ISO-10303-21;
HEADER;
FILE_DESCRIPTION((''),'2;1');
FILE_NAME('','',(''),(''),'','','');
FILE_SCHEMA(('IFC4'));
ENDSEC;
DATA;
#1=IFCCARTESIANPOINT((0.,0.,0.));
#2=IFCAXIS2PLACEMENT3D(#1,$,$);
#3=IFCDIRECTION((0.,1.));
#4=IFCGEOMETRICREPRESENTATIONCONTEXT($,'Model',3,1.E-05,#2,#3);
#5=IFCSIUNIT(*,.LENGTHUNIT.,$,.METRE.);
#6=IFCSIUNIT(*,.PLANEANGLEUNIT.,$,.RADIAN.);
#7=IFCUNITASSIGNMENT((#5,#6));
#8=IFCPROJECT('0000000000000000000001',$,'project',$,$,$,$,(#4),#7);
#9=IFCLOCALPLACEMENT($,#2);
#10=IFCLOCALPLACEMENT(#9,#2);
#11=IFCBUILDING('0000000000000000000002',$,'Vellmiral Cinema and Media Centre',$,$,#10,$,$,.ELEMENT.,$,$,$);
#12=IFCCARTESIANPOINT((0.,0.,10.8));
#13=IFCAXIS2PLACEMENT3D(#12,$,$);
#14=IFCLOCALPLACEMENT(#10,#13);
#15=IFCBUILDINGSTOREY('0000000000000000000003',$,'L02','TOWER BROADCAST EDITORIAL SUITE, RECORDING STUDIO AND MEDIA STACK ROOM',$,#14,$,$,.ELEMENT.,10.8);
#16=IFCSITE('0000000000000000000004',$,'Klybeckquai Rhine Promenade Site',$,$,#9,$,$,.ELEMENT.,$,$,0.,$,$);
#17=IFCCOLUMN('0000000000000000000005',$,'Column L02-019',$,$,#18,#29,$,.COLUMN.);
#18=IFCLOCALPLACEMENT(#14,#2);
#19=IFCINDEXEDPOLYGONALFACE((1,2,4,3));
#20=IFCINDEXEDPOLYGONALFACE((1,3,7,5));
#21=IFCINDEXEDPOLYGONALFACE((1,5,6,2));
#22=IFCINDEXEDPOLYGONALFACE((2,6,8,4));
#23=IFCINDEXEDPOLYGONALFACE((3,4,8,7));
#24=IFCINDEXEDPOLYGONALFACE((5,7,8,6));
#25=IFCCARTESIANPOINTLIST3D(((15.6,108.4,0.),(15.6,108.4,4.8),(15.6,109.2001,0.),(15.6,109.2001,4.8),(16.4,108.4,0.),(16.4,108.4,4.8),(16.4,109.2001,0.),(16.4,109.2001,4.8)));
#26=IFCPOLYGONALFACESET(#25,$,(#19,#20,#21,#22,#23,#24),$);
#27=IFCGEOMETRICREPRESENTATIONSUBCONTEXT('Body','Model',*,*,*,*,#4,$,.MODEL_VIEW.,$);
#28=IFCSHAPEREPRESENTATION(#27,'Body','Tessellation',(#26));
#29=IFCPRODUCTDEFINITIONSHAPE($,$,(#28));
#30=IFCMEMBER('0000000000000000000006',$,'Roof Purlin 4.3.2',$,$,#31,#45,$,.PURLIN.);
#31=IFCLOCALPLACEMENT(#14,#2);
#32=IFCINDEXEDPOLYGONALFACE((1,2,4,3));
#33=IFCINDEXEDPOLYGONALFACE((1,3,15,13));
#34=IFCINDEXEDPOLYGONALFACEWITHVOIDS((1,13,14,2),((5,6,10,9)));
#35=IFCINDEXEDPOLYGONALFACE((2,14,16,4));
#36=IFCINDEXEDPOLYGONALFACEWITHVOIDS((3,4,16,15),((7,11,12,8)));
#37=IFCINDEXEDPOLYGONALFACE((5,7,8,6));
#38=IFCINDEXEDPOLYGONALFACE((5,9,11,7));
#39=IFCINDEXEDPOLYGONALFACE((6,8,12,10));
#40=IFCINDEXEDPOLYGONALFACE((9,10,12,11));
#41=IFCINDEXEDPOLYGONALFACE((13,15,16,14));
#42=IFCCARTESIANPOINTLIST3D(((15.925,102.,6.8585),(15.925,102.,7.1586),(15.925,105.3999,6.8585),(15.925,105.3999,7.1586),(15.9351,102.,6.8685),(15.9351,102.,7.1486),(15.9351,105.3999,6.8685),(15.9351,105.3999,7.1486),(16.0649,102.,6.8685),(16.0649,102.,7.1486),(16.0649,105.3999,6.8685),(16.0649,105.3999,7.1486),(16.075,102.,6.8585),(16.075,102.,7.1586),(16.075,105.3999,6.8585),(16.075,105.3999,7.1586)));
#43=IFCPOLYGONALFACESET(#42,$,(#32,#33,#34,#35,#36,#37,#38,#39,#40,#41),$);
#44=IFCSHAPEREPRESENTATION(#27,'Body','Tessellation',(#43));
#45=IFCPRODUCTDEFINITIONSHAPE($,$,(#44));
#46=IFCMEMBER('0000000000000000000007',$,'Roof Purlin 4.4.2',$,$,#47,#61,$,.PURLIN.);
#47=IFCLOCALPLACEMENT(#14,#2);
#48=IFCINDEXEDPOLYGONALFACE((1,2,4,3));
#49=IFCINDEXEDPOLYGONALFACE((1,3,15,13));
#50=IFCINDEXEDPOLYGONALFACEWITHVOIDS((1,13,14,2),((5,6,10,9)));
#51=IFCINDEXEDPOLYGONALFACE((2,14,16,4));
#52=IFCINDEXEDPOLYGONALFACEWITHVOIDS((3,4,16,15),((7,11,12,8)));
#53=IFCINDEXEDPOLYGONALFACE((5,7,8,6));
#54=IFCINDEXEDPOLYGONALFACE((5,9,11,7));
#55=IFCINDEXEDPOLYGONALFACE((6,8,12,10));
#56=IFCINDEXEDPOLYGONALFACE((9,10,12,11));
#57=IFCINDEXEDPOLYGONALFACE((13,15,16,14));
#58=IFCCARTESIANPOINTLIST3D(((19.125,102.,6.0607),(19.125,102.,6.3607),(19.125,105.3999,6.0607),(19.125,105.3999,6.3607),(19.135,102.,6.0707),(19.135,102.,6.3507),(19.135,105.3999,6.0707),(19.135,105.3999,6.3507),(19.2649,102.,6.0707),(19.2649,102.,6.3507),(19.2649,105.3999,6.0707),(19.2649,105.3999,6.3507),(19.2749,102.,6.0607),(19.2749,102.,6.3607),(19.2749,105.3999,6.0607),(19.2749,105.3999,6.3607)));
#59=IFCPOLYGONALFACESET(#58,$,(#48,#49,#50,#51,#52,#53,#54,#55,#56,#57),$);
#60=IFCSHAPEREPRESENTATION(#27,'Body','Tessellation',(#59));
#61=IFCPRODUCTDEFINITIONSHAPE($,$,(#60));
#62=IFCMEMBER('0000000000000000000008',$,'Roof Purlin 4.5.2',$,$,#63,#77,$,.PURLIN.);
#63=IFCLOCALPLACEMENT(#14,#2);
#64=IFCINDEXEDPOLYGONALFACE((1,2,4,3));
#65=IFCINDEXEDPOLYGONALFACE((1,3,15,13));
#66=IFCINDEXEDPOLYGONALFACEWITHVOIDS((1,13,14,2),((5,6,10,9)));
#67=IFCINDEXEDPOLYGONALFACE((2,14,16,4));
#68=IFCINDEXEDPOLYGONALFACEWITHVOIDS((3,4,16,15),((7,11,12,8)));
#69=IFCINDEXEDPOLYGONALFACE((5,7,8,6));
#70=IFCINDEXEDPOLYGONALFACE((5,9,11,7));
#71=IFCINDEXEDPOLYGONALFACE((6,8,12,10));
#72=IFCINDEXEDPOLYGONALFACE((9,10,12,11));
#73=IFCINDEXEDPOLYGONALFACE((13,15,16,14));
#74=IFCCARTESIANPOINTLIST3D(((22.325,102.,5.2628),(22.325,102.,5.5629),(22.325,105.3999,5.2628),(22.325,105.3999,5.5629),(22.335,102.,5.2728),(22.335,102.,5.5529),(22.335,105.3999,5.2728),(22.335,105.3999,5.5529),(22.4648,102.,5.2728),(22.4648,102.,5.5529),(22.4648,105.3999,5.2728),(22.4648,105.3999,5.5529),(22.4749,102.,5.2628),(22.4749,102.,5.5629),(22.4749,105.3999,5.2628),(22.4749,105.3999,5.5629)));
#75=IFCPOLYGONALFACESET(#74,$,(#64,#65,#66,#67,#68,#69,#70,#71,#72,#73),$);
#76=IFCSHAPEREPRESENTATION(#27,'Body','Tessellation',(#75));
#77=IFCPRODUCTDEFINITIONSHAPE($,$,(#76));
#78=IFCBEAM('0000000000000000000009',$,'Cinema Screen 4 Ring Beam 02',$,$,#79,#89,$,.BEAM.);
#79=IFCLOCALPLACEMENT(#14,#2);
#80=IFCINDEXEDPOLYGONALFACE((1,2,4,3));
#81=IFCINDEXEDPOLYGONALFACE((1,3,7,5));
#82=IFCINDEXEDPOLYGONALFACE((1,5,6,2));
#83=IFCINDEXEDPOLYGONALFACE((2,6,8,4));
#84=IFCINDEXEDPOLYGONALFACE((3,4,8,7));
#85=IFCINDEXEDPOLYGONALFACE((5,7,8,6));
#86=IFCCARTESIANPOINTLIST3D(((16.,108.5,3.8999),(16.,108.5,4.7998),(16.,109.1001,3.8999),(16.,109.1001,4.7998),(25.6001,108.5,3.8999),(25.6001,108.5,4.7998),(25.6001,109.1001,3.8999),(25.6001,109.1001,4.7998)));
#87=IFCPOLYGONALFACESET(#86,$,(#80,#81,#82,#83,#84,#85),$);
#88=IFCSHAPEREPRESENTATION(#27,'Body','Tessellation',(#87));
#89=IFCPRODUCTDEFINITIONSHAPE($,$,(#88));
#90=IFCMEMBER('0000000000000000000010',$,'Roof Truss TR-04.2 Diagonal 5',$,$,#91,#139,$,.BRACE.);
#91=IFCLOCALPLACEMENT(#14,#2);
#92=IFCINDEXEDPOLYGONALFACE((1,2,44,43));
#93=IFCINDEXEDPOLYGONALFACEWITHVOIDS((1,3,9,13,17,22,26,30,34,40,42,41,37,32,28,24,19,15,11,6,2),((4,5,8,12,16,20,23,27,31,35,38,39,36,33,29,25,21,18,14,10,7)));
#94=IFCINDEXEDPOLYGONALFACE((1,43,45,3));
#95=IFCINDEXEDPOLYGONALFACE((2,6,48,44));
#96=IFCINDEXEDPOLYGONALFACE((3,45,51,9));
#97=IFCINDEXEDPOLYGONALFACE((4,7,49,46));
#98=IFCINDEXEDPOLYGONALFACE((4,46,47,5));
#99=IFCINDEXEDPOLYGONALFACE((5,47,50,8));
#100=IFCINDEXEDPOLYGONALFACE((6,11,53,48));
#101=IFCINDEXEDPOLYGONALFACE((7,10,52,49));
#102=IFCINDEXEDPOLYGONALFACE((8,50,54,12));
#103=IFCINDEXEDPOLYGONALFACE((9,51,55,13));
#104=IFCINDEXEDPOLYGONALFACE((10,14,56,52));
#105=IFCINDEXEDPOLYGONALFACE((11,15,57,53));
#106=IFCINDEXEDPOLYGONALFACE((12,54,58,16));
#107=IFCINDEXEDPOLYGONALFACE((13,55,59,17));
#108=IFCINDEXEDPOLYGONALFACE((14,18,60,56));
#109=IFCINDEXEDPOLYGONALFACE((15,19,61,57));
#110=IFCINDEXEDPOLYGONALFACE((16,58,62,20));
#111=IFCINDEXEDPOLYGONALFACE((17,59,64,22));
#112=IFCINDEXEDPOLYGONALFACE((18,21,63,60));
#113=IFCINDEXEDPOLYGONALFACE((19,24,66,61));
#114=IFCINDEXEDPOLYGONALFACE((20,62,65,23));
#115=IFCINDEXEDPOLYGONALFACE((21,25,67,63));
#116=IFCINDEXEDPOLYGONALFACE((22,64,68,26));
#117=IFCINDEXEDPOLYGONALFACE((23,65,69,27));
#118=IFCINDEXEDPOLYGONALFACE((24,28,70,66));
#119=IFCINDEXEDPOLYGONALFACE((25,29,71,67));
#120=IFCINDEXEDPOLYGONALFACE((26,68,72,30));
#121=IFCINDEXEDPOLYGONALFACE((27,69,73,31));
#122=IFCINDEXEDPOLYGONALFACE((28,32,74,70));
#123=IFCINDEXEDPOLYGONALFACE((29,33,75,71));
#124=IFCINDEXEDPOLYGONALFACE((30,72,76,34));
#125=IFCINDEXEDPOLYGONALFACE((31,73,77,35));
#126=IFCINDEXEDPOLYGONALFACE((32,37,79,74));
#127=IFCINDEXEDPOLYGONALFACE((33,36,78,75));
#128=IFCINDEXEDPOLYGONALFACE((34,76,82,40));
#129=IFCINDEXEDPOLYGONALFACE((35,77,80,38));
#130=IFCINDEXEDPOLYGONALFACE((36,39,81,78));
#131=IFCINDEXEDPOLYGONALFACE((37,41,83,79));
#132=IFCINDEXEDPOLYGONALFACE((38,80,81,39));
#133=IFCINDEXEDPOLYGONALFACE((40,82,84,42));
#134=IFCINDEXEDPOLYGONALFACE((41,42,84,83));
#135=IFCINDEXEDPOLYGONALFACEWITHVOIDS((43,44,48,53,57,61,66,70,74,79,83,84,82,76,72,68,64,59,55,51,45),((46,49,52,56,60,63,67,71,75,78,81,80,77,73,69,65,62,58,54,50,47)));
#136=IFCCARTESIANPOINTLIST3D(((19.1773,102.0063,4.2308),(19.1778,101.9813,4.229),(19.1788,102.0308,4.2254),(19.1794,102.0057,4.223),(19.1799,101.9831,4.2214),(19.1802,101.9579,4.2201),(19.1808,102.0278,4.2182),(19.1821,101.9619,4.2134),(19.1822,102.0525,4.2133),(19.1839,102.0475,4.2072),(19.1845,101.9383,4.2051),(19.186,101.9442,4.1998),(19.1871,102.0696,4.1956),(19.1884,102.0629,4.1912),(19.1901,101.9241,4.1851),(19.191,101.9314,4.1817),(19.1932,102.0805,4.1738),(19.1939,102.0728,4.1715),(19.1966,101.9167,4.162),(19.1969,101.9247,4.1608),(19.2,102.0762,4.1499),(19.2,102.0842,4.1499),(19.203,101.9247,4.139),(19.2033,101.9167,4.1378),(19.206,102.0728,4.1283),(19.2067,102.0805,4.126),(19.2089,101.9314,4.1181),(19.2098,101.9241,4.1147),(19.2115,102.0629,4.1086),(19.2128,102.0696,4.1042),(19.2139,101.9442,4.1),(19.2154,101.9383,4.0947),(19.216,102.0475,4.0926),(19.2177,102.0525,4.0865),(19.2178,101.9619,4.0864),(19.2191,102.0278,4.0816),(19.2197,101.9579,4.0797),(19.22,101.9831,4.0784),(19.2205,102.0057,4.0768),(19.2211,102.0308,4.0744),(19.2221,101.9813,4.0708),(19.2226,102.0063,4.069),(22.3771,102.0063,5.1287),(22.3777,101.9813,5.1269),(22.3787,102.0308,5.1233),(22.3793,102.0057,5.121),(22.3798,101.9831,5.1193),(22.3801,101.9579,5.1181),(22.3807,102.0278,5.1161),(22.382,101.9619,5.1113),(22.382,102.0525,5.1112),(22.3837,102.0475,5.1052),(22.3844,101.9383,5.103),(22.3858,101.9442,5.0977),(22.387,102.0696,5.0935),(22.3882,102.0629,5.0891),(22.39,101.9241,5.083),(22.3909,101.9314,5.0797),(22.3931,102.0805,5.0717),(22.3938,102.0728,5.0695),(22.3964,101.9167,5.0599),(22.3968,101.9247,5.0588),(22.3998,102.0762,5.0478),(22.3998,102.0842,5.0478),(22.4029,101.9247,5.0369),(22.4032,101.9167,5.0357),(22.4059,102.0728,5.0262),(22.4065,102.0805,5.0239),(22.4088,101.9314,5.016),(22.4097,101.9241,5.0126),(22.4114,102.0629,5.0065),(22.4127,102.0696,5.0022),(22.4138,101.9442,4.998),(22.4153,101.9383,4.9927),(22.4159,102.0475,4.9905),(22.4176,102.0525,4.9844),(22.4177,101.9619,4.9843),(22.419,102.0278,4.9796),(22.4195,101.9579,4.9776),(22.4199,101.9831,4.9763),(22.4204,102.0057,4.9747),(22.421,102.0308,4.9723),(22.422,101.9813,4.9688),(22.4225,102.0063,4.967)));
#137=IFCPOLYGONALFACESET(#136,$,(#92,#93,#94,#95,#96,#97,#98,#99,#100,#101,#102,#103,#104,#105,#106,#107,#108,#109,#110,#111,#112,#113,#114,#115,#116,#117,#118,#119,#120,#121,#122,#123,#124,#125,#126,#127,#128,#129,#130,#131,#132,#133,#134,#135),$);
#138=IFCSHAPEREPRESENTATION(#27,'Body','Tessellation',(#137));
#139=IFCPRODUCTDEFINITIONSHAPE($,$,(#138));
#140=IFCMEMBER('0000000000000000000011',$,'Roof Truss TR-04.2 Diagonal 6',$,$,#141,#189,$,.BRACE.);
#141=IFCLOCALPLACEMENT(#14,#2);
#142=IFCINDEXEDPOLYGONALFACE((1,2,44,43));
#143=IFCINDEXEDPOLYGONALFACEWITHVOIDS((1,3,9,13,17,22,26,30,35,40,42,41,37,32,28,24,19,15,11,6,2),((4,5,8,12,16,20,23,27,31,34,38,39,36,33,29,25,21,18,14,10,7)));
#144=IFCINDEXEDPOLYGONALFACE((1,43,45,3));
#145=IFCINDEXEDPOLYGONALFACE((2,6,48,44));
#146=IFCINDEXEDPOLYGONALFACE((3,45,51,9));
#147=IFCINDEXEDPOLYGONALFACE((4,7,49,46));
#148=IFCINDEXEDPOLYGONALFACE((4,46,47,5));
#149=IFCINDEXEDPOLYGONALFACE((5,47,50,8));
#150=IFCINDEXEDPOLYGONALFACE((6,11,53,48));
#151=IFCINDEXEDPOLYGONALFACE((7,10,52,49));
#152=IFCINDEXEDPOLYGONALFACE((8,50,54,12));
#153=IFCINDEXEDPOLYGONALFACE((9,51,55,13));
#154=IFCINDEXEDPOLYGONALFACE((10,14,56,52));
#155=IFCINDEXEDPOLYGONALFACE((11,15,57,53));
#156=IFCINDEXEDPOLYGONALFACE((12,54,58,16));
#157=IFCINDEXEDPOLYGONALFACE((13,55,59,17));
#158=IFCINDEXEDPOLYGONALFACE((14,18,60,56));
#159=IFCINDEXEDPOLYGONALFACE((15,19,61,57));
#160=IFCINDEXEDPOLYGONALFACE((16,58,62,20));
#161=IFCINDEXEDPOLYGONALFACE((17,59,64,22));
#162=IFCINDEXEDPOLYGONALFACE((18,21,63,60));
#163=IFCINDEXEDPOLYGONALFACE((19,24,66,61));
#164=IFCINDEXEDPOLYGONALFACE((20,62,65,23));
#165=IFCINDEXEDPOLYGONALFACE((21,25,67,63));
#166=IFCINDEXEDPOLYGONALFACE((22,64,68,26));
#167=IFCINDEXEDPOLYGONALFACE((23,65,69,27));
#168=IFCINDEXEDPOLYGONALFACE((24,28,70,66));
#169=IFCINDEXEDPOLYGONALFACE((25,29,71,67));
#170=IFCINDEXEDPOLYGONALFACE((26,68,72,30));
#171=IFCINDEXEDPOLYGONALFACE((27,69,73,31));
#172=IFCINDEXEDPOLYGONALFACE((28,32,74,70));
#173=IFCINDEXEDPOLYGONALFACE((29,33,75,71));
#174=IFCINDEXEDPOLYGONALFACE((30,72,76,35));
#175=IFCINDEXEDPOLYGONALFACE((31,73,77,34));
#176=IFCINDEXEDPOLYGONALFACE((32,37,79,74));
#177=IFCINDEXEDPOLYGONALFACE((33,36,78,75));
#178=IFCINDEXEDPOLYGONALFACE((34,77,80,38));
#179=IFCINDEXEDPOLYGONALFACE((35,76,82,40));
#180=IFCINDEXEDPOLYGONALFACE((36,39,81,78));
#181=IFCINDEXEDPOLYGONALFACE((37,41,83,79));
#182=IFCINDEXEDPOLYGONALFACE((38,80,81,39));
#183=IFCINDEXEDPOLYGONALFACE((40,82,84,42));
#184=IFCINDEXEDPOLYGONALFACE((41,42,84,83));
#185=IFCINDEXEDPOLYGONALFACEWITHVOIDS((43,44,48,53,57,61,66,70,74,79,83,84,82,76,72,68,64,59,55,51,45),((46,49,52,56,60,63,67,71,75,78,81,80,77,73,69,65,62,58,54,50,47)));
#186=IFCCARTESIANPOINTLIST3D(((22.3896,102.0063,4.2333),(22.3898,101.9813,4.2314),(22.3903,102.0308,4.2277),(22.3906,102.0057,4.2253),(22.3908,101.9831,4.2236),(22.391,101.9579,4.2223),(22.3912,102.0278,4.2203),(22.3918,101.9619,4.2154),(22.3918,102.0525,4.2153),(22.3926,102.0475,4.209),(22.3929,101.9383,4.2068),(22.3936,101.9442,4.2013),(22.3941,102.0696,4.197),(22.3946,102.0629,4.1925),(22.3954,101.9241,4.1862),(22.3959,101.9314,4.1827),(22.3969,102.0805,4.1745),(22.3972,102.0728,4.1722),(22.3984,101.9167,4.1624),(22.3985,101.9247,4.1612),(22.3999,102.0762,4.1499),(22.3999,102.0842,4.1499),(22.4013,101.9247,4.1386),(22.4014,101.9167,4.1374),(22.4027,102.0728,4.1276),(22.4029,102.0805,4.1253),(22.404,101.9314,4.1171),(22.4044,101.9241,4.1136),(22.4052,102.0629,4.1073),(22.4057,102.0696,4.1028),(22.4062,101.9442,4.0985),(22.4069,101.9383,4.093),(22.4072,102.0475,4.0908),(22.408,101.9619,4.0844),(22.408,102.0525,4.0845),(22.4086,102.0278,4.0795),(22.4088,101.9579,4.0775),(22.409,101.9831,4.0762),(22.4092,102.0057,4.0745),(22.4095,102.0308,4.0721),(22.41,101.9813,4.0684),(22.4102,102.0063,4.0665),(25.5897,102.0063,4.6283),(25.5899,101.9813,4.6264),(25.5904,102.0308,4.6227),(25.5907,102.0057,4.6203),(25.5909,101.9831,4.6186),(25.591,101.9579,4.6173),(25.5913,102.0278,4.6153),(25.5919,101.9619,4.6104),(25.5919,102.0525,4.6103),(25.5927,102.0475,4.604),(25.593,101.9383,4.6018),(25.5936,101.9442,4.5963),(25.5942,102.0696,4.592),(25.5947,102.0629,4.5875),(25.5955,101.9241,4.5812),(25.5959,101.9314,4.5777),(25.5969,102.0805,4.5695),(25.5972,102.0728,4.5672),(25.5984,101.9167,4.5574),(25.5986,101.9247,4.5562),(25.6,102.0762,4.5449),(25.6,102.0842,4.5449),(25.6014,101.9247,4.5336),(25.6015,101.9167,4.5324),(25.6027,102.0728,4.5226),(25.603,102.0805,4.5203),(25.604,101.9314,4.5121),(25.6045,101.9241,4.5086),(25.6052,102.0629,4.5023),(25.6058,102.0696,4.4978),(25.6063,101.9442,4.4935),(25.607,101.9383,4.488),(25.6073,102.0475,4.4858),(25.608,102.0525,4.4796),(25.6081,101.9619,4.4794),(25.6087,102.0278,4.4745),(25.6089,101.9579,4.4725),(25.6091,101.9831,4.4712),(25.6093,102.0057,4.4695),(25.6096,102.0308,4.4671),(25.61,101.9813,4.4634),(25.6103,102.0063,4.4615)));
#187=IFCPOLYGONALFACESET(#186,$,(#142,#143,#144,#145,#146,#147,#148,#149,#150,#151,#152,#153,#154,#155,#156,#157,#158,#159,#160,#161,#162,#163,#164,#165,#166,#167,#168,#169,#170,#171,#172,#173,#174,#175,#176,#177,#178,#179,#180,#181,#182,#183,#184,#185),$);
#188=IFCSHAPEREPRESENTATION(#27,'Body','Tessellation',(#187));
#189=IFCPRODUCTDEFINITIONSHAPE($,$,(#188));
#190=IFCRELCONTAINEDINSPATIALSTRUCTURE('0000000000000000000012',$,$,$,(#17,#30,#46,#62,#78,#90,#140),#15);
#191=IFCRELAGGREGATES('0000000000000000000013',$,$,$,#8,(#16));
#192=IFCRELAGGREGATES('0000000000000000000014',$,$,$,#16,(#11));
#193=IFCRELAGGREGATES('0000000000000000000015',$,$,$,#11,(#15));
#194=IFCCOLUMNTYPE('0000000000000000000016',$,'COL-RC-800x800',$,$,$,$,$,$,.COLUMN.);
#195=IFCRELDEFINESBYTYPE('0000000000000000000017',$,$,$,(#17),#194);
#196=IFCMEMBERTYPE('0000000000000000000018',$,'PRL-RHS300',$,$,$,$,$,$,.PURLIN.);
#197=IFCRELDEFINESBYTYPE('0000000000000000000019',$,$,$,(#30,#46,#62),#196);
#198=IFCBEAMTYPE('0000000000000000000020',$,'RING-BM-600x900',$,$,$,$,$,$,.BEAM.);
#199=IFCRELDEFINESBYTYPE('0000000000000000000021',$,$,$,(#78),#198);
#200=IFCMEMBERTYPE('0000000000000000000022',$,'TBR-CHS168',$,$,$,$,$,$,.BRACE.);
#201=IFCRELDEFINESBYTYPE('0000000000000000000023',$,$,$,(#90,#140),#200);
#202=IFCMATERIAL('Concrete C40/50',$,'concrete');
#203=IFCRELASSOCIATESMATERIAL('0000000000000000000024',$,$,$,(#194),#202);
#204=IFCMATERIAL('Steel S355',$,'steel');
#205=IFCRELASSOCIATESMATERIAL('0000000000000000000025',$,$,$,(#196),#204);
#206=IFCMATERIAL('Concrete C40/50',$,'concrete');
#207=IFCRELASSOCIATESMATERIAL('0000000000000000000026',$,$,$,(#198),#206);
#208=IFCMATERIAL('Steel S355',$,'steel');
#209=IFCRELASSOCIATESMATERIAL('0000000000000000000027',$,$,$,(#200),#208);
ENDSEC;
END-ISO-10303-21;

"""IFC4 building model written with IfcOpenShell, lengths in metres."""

from ifc_helpers import new_model, si_unit, direction, frame, origin, origin_2d, place, context, subcontext, project, spatial, rectangle, hollow_rectangle, hollow_circle, extrude, material, material_profile, profile_set, type_object, element, save


model = new_model("IFC4")

# Units and contexts
model_context = context("Model", 3, precision=1e-05, world=origin(), true_north=direction((0.0, 1.0)))
body_context = subcontext(model_context, "Body", "Model", "MODEL_VIEW")
ifc_project = project(units=[si_unit("LENGTHUNIT", "METRE"), si_unit("PLANEANGLEUNIT", "RADIAN")], contexts=[model_context])

# Site, building, storey
site_placement = place(None, origin())
site = spatial("IfcSite", under=ifc_project, at=site_placement, Name="Klybeckquai Rhine Promenade Site", CompositionType="ELEMENT", RefElevation=0.0)
building_placement = place(site_placement, origin())
building = spatial("IfcBuilding", under=site, at=building_placement, Name="Vellmiral Cinema and Media Centre", CompositionType="ELEMENT")
storey_placement = place(building_placement, frame((0.0, 0.0, 10.8)))
storey = spatial("IfcBuildingStorey", under=building, at=storey_placement, Name="L02", Description="TOWER BROADCAST EDITORIAL SUITE, RECORDING STUDIO AND MEDIA STACK ROOM", CompositionType="ELEMENT", Elevation=10.8)

# Column
ifc_material_1 = material(Name="Concrete C40/50", Category="concrete")
ifc_material_profile_1 = material_profile(ifc_material_1, rectangle(XDim=0.8, YDim=0.8, at=origin_2d()), Name="RC 800x800")
ifc_profile_set_1 = profile_set([ifc_material_profile_1], Name="Concrete C40/50")
column_type = type_object("IfcColumnType", Name="COL-RC-800x800", PredefinedType="COLUMN", material=ifc_profile_set_1)
column_placement = place(storey_placement, frame((16.0, 108.8, 0.0), z_axis=(0.0, 0.0, 1.0), x_axis=(1.0, 0.0, 0.0)))
element("IfcColumn", 1, at=column_placement, inside=storey, type_object=column_type, Name="Column L02-019", PredefinedType="COLUMN", context=body_context, shape_type="SweptSolid", body=[
    extrude(rectangle(XDim=0.8, YDim=0.8, at=origin_2d()), origin(), (0.0, 0.0, 1.0), 4.8),
])

# Members
ifc_material_2 = material(Name="Steel S355", Category="steel")
ifc_material_profile_2 = material_profile(ifc_material_2, hollow_rectangle(XDim=0.1499, YDim=0.3, WallThickness=0.01, at=origin_2d()), Name="RHS 300x150x10.0")
ifc_profile_set_2 = profile_set([ifc_material_profile_2], Name="Steel S355")
member_type_1 = type_object("IfcMemberType", Name="PRL-RHS300", PredefinedType="PURLIN", material=ifc_profile_set_2)
for number, where, z_axis, x_axis, name in (
    (2, (16.0, 102.0, 7.0085), (0.0, 1.0, 0.0), (-1.0, 0.0, 0.0), "Roof Purlin 4.3.2"),
    (3, (19.2, 102.0, 6.2107), (0.0, 1.0, 0.0), (-1.0, 0.0, 0.0), "Roof Purlin 4.4.2"),
    (4, (22.3999, 102.0, 5.4128), (0.0, 1.0, 0.0), (-1.0, 0.0, 0.0), "Roof Purlin 4.5.2"),
):
    element("IfcMember", number, at=place(storey_placement, frame(where, z_axis=z_axis, x_axis=x_axis)), inside=storey, type_object=member_type_1, Name=name, PredefinedType="PURLIN", context=body_context, shape_type="SweptSolid", body=[
        extrude(hollow_rectangle(XDim=0.1499, YDim=0.3, WallThickness=0.01, at=origin_2d()), origin(), (0.0, 0.0, 1.0), 3.3999),
    ])

# Beam
ifc_material_3 = material(Name="Concrete C40/50", Category="concrete")
ifc_material_profile_3 = material_profile(ifc_material_3, rectangle(XDim=0.6001, YDim=0.8999, at=origin_2d()), Name="RC 600x900")
ifc_profile_set_3 = profile_set([ifc_material_profile_3], Name="Concrete C40/50")
beam_type = type_object("IfcBeamType", Name="RING-BM-600x900", PredefinedType="BEAM", material=ifc_profile_set_3)
beam_placement = place(storey_placement, frame((16.0, 108.8, 4.3499), z_axis=(1.0, 0.0, 0.0), x_axis=(0.0, 1.0, 0.0)))
element("IfcBeam", 5, at=beam_placement, inside=storey, type_object=beam_type, Name="Cinema Screen 4 Ring Beam 02", PredefinedType="BEAM", context=body_context, shape_type="SweptSolid", body=[
    extrude(rectangle(XDim=0.6001, YDim=0.8999, at=origin_2d()), origin(), (0.0, 0.0, 1.0), 9.6001),
])

# Members
ifc_material_4 = material(Name="Steel S355", Category="steel")
ifc_material_profile_4 = material_profile(ifc_material_4, hollow_circle(Radius=0.0842, WallThickness=0.0081, at=origin_2d()), Name="CHS 168.3x8.0")
ifc_profile_set_4 = profile_set([ifc_material_profile_4], Name="Steel S355")
member_type_2 = type_object("IfcMemberType", Name="TBR-CHS168", PredefinedType="BRACE", material=ifc_profile_set_4)
member_1_placement = place(storey_placement, frame((19.2, 102.0, 4.1499), z_axis=(0.962811, 0.0, 0.270178), x_axis=(0.0, 1.0, 0.0)))
element("IfcMember", 6, at=member_1_placement, inside=storey, type_object=member_type_2, Name="Roof Truss TR-04.2 Diagonal 5", PredefinedType="BRACE", context=body_context, shape_type="SweptSolid", body=[
    extrude(hollow_circle(Radius=0.0842, WallThickness=0.0081, at=origin_2d()), origin(), (0.0, 0.0, 1.0), 3.3235),
])
member_2_placement = place(storey_placement, frame((22.3999, 102.0, 4.1499), z_axis=(0.992468, 0.0, 0.122506), x_axis=(0.0, 1.0, 0.0)))
element("IfcMember", 7, at=member_2_placement, inside=storey, type_object=member_type_2, Name="Roof Truss TR-04.2 Diagonal 6", PredefinedType="BRACE", context=body_context, shape_type="SweptSolid", body=[
    extrude(hollow_circle(Radius=0.0842, WallThickness=0.0081, at=origin_2d()), origin(), (0.0, 0.0, 1.0), 3.2244),
])

save(model, "model.ifc")
